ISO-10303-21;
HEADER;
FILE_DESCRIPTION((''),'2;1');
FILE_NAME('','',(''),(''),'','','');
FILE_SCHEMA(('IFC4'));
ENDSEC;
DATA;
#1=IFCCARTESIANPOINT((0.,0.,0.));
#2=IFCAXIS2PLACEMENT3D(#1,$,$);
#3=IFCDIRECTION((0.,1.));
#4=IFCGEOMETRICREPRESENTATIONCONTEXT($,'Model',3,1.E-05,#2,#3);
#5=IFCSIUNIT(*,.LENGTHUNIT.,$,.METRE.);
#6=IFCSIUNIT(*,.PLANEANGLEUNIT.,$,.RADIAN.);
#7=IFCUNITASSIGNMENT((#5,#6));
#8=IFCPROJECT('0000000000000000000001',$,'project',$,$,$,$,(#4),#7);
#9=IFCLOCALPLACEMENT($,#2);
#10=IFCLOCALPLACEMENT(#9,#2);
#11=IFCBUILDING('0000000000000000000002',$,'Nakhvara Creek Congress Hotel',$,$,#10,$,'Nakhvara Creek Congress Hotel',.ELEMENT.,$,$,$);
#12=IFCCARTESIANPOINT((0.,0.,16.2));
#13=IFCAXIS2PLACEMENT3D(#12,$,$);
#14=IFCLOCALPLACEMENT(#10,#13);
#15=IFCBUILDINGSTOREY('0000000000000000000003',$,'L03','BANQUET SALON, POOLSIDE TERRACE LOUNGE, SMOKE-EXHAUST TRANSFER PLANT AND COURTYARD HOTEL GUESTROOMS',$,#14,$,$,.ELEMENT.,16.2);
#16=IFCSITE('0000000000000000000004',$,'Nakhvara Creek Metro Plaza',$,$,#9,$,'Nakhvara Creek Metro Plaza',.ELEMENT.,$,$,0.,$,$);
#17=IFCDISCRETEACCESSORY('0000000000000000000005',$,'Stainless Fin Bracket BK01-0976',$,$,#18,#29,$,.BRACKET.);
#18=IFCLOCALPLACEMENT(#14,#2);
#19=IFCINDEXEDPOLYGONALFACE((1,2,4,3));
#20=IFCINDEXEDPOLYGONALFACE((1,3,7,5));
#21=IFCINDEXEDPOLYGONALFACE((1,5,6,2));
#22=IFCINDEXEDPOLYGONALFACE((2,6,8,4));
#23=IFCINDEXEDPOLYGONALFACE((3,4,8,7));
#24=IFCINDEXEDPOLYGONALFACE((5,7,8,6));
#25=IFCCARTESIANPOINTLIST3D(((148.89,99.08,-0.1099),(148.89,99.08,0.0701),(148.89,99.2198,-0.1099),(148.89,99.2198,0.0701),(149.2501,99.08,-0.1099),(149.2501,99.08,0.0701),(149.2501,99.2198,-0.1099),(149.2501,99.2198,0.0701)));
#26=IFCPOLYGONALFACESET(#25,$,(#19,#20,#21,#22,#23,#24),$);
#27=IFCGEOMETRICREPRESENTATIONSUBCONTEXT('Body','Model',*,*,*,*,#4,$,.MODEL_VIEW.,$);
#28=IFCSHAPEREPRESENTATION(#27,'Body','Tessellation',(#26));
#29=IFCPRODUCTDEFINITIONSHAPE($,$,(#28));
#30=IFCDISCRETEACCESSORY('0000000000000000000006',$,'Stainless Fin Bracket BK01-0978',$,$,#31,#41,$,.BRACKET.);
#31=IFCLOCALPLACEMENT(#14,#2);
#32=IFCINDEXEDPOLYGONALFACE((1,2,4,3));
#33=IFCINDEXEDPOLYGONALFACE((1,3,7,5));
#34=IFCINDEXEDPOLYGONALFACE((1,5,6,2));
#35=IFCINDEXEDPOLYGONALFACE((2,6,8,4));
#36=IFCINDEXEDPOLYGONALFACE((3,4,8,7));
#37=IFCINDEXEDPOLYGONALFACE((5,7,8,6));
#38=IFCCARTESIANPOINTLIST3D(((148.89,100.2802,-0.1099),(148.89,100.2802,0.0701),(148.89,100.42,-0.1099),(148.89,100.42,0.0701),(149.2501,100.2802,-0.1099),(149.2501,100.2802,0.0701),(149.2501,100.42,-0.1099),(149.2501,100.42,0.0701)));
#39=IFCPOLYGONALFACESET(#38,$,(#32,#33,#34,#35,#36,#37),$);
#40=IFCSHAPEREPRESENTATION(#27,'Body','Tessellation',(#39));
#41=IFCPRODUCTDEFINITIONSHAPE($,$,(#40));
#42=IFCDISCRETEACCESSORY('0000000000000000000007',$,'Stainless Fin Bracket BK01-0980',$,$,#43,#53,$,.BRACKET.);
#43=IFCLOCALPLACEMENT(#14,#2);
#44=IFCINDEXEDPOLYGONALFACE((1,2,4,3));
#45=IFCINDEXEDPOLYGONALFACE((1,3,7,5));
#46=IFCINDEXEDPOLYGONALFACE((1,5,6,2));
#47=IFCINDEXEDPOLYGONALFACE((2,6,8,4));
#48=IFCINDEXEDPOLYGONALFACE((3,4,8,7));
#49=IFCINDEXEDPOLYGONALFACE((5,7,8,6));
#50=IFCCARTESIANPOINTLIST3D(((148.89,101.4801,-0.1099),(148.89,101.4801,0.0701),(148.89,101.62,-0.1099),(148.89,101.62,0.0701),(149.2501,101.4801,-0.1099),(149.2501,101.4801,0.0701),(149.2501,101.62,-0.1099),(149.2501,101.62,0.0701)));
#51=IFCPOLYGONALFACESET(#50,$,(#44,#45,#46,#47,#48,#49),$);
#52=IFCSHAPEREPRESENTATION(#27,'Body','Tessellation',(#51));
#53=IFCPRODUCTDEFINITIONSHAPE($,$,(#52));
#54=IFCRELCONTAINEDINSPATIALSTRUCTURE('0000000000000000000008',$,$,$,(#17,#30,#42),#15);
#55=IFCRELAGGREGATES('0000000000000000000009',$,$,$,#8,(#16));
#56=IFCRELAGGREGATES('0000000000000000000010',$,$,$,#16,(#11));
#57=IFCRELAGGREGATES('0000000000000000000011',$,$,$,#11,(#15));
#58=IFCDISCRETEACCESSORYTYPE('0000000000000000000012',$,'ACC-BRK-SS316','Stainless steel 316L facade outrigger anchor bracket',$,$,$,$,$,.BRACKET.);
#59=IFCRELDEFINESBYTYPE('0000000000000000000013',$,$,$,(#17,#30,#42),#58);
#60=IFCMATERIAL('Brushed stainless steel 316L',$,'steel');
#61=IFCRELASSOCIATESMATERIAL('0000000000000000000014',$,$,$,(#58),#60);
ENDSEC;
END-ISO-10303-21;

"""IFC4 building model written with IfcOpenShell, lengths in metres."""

from ifc_helpers import new_model, si_unit, direction, frame, origin, origin_2d, place, context, subcontext, project, spatial, rectangle, extrude, material, type_object, element, save


model = new_model("IFC4")

# Units and contexts
model_context = context("Model", 3, precision=1e-05, world=origin(), true_north=direction((0.0, 1.0)))
body_context = subcontext(model_context, "Body", "Model", "MODEL_VIEW")
ifc_project = project(units=[si_unit("LENGTHUNIT", "METRE"), si_unit("PLANEANGLEUNIT", "RADIAN")], contexts=[model_context])

# Site, building, storey
site_placement = place(None, origin())
site = spatial("IfcSite", under=ifc_project, at=site_placement, Name="Nakhvara Creek Metro Plaza", LongName="Nakhvara Creek Metro Plaza", CompositionType="ELEMENT", RefElevation=0.0)
building_placement = place(site_placement, origin())
building = spatial("IfcBuilding", under=site, at=building_placement, Name="Nakhvara Creek Congress Hotel", LongName="Nakhvara Creek Congress Hotel", CompositionType="ELEMENT")
storey_placement = place(building_placement, frame((0.0, 0.0, 16.2)))
storey = spatial("IfcBuildingStorey", under=building, at=storey_placement, Name="L03", Description="BANQUET SALON, POOLSIDE TERRACE LOUNGE, SMOKE-EXHAUST TRANSFER PLANT AND COURTYARD HOTEL GUESTROOMS", CompositionType="ELEMENT", Elevation=16.2)

# Discrete accessories
ifc_material_1 = material(Name="Brushed stainless steel 316L", Category="steel")
discrete_accessory_type = type_object("IfcDiscreteAccessoryType", Name="ACC-BRK-SS316", Description="Stainless steel 316L facade outrigger anchor bracket", PredefinedType="BRACKET", material=ifc_material_1)
for number, where, z_axis, x_axis, name in (
    (1, (149.0701, 99.1499, -0.1099), (0.0, 0.0, 1.0), (0.0, 1.0, 0.0), "Stainless Fin Bracket BK01-0976"),
    (2, (149.0701, 100.3501, -0.1099), (0.0, 0.0, 1.0), (0.0, 1.0, 0.0), "Stainless Fin Bracket BK01-0978"),
    (3, (149.0701, 101.55, -0.1099), (0.0, 0.0, 1.0), (0.0, 1.0, 0.0), "Stainless Fin Bracket BK01-0980"),
):
    element("IfcDiscreteAccessory", number, at=place(storey_placement, frame(where, z_axis=z_axis, x_axis=x_axis)), inside=storey, type_object=discrete_accessory_type, Name=name, PredefinedType="BRACKET", context=body_context, shape_type="SweptSolid", body=[
        extrude(rectangle(XDim=0.1399, YDim=0.3601, at=origin_2d()), origin(), (0.0, 0.0, 1.0), 0.1799),
    ])

save(model, "model.ifc")
